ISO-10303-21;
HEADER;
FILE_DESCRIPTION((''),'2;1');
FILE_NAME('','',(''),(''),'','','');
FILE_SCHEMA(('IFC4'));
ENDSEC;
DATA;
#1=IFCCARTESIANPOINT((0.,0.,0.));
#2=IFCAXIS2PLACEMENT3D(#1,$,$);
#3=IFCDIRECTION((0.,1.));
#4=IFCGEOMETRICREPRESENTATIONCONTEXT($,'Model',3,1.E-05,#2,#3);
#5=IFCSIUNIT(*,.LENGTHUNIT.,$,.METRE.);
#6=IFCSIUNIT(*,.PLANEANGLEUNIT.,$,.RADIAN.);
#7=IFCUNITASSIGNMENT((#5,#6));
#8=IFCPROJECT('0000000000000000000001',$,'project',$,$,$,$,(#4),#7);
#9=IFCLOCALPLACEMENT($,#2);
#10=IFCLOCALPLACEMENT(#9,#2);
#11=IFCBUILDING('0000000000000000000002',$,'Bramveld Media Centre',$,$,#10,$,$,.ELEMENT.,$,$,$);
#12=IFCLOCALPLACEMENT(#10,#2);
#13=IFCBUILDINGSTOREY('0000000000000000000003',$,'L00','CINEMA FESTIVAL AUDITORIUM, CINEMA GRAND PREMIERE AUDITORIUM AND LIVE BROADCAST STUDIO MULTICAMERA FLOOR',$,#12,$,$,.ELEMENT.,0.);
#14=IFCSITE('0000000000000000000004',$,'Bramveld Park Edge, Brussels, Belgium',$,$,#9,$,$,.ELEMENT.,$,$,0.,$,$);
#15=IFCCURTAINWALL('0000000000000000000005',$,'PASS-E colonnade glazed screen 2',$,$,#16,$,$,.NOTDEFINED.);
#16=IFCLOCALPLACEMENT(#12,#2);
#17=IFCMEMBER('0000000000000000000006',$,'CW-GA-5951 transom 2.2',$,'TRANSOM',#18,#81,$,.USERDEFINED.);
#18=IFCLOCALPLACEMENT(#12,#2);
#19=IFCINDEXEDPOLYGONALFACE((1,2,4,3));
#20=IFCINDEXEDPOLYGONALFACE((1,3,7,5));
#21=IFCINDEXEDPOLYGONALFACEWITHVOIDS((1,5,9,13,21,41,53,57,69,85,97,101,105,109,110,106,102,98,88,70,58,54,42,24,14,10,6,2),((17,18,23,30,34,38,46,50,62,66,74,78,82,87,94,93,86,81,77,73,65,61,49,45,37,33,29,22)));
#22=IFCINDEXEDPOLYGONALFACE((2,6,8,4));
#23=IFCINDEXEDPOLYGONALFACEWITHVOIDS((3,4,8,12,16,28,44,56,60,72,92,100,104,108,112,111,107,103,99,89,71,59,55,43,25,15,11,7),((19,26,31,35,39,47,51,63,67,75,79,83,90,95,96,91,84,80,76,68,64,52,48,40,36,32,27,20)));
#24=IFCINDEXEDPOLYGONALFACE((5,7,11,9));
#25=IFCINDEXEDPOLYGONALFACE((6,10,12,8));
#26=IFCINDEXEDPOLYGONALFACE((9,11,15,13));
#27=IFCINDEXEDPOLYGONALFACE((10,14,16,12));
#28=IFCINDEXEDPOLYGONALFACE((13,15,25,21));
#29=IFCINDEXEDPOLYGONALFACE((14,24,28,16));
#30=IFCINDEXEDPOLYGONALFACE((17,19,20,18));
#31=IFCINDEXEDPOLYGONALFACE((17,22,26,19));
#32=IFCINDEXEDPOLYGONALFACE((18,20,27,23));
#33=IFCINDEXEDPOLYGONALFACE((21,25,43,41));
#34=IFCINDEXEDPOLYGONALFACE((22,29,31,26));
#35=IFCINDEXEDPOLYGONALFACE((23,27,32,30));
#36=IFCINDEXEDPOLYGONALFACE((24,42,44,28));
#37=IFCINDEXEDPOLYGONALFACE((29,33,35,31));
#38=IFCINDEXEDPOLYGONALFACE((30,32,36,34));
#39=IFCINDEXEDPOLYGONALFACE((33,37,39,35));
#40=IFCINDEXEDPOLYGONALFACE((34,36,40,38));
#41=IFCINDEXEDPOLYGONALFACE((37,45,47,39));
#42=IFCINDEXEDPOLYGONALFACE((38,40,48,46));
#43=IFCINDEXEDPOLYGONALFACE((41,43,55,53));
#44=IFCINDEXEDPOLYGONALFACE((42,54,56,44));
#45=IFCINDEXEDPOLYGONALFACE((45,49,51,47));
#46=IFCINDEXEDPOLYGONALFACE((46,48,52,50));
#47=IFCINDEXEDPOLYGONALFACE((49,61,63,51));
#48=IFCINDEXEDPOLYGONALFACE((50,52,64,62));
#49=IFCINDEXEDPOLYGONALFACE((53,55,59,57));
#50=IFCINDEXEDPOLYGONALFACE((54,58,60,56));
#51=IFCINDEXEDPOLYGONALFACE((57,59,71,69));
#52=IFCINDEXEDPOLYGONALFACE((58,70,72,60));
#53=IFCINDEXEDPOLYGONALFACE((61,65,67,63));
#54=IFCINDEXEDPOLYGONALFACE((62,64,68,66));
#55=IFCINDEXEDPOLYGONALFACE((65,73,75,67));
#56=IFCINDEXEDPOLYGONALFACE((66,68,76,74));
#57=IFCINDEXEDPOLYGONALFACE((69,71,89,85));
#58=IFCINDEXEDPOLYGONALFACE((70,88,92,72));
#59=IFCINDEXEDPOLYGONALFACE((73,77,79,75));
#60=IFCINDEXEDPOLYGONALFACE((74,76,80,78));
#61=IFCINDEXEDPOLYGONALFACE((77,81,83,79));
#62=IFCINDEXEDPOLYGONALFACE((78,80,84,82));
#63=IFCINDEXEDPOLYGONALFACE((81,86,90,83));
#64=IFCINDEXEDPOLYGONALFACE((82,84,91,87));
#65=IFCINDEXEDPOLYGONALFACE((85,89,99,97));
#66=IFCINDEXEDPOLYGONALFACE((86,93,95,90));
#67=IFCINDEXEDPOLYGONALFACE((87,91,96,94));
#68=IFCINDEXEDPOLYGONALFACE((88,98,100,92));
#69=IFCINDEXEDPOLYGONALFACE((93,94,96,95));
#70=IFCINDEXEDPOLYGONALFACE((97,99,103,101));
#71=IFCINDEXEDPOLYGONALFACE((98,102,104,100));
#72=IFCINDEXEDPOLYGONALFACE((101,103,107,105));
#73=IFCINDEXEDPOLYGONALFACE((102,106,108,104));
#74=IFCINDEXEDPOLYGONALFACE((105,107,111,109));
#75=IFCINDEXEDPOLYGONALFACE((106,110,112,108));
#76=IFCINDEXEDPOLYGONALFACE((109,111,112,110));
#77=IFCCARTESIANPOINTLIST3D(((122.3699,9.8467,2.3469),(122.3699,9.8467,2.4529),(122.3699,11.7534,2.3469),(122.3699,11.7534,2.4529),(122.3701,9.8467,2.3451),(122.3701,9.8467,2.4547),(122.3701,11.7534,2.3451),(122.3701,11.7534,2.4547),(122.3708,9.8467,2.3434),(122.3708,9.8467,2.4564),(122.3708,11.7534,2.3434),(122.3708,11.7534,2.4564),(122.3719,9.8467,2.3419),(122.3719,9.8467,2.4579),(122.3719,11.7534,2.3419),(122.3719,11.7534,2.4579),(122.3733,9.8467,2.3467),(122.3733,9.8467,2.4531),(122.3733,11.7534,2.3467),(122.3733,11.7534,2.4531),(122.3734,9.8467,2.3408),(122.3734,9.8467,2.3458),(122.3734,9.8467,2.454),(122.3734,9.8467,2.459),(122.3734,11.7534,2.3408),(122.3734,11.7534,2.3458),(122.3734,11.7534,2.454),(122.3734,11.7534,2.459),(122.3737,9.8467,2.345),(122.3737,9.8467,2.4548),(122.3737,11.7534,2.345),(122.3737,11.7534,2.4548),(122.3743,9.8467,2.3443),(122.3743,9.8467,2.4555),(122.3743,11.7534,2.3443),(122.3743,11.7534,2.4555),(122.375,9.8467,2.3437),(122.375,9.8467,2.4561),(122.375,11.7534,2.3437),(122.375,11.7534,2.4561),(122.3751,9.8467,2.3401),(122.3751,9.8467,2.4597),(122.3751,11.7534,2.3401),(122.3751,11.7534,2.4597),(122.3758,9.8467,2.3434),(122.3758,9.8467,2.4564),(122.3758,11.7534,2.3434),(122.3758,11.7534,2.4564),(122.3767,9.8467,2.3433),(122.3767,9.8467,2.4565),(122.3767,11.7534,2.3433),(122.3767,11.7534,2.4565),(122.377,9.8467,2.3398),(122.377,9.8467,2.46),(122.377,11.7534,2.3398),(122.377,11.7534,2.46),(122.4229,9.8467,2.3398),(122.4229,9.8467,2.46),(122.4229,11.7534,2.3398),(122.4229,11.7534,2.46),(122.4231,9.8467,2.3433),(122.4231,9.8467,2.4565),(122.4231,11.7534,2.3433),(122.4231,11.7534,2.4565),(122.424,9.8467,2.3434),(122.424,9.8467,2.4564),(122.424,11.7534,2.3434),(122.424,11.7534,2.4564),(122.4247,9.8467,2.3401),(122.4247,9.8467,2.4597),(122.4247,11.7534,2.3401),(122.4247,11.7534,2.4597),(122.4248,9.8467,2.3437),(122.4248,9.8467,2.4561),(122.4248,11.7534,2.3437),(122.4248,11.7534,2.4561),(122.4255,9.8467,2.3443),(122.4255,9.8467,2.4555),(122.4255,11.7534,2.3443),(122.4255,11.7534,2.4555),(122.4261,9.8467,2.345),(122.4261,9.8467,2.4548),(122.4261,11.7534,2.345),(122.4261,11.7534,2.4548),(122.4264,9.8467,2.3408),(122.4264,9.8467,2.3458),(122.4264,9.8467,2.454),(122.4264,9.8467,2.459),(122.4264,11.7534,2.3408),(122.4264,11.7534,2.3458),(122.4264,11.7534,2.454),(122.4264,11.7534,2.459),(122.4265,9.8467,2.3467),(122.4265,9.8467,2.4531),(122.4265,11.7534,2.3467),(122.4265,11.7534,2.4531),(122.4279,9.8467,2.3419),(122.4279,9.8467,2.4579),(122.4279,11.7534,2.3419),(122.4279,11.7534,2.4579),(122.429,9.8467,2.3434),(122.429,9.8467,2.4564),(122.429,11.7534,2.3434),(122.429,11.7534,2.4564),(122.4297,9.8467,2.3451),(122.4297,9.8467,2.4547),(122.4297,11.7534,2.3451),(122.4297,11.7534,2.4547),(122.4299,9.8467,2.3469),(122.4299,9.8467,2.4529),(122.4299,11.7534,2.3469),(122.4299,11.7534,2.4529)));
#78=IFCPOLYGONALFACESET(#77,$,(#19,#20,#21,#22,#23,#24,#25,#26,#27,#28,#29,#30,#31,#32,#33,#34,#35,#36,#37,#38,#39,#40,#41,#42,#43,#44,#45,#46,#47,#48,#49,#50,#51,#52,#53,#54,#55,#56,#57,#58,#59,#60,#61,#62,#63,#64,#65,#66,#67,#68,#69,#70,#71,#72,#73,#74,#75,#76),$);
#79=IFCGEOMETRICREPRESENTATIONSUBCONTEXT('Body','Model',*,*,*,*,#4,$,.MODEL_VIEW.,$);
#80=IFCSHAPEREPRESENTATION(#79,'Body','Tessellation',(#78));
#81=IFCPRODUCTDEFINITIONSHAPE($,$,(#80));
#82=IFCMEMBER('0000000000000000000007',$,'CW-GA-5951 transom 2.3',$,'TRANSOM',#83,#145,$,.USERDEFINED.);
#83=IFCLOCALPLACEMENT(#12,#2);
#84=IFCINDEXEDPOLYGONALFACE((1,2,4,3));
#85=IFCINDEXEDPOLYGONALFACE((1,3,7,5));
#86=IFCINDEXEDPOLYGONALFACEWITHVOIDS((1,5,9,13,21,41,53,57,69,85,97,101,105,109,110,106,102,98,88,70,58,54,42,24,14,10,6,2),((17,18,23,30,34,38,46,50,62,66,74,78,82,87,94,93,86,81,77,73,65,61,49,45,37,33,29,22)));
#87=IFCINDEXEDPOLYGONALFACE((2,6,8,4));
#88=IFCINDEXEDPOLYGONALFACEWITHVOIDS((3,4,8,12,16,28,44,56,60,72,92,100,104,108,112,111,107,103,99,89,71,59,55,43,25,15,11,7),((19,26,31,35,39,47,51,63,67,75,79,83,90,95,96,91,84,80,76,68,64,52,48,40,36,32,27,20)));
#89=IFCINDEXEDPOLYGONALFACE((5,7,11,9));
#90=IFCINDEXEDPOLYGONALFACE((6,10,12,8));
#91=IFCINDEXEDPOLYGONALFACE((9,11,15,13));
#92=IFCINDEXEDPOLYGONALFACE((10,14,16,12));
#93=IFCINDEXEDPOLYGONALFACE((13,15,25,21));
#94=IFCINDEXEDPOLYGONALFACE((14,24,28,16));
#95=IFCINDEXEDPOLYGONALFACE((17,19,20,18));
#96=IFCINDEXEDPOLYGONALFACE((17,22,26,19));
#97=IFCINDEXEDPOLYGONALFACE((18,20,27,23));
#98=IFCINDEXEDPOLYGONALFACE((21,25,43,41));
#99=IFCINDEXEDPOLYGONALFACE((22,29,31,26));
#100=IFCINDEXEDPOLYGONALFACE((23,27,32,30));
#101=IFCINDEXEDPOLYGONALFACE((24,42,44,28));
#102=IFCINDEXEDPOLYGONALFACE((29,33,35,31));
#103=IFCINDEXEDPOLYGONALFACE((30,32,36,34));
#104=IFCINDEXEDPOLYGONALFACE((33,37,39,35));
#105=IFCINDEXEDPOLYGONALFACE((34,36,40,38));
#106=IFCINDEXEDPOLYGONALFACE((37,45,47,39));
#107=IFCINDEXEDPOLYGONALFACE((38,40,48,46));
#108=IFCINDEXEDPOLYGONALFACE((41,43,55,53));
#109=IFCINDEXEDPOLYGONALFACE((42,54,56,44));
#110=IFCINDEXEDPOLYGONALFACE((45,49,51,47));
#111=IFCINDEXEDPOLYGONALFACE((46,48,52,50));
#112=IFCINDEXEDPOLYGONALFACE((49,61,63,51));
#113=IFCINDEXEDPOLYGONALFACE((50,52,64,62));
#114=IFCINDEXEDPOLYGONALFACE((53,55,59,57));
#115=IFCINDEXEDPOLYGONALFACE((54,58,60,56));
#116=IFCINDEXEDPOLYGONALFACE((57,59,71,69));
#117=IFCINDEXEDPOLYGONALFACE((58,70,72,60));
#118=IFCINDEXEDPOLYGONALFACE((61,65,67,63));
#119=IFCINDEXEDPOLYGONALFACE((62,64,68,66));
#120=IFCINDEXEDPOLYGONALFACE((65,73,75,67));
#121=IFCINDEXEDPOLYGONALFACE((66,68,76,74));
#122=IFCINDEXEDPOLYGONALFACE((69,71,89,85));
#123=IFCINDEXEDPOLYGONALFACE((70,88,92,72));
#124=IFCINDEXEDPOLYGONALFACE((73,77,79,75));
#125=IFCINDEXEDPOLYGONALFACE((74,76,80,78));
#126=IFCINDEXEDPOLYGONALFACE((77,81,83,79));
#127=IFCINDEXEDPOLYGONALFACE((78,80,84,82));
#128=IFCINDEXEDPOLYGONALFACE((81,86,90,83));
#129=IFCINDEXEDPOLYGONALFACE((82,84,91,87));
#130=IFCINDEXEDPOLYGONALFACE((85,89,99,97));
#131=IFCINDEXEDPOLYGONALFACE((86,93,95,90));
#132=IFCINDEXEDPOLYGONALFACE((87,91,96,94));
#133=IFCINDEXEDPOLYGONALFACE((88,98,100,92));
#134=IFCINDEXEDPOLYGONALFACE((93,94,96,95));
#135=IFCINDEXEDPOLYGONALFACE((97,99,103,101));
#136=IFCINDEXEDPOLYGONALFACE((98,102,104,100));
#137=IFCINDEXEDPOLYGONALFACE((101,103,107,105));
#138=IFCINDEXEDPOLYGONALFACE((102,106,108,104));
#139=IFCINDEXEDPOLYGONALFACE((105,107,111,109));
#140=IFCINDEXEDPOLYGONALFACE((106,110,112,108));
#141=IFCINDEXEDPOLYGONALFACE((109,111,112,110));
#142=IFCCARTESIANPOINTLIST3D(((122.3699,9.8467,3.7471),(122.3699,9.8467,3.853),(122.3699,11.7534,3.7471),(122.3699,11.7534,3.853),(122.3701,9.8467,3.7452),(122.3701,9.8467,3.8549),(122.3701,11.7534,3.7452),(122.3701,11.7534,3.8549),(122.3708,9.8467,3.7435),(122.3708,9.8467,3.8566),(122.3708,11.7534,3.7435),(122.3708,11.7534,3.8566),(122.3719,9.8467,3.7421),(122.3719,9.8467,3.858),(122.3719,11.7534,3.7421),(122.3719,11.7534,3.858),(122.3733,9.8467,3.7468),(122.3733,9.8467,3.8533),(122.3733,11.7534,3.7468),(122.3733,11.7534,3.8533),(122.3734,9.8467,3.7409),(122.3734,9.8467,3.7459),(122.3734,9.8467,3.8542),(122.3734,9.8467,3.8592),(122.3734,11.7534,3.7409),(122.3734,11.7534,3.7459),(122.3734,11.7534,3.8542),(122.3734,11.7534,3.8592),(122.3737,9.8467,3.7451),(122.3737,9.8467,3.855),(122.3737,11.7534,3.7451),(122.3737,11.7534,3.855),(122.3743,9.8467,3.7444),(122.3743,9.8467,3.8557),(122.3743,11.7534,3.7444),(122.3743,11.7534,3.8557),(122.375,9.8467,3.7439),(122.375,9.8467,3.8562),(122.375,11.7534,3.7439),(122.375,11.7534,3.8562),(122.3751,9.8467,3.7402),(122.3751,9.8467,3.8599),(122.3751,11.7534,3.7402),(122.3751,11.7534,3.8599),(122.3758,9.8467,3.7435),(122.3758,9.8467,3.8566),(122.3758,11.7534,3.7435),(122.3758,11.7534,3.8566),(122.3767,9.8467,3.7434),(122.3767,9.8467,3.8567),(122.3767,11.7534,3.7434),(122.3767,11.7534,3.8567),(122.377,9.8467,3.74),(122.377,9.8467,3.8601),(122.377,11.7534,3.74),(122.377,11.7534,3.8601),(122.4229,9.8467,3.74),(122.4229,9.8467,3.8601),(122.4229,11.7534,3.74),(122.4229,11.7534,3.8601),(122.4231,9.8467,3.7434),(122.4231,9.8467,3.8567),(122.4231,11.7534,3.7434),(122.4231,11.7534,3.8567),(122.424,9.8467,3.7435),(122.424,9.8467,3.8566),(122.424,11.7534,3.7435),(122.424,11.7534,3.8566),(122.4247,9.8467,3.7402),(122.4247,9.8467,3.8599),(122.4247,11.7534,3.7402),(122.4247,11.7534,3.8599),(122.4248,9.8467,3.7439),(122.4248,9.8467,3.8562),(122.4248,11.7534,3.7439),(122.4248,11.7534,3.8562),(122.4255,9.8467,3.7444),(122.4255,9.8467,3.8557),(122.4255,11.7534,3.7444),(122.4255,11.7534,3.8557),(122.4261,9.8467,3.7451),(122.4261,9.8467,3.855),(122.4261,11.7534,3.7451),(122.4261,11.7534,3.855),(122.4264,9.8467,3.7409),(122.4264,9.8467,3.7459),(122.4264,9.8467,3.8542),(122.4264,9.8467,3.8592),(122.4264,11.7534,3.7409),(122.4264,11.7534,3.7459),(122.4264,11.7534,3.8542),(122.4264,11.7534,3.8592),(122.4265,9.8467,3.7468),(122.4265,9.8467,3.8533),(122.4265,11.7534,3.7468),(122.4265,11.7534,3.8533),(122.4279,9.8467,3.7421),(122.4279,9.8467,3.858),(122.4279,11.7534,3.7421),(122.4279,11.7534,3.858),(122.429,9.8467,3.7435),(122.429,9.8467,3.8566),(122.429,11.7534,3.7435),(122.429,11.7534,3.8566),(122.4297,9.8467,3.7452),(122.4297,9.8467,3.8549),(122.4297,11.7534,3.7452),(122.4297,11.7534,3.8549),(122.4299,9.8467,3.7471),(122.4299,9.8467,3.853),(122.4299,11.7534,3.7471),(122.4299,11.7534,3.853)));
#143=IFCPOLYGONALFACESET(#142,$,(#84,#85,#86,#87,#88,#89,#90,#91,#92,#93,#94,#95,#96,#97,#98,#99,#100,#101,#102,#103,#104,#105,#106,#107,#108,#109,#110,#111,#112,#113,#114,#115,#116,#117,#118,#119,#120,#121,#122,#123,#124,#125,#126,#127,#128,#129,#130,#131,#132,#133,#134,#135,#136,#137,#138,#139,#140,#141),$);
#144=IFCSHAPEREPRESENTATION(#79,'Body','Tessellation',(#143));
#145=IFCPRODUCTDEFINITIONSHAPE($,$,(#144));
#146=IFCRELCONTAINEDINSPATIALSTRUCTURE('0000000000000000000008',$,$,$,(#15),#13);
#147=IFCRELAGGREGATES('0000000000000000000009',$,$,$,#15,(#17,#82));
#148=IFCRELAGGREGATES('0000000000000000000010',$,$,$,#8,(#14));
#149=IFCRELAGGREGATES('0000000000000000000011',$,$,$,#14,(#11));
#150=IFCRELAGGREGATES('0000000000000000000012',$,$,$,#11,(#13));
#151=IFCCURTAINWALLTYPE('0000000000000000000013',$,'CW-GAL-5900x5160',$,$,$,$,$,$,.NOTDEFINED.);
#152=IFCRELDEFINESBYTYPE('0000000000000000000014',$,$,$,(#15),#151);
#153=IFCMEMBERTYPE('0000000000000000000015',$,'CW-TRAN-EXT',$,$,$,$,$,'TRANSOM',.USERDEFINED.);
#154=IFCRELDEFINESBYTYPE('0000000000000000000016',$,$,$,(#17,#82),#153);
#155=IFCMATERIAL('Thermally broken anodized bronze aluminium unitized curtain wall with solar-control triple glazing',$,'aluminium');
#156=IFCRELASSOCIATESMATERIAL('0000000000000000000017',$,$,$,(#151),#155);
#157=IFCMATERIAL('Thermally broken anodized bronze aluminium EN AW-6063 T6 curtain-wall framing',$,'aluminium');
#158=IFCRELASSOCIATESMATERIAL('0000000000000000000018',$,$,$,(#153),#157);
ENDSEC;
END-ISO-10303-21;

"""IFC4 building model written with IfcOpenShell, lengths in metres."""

from ifc_helpers import new_model, si_unit, direction, frame, origin, origin_2d, place, context, subcontext, project, spatial, hollow_rectangle, extrude, material, material_profile, profile_set, type_object, element, aggregate, save


model = new_model("IFC4")

# Units and contexts
model_context = context("Model", 3, precision=1e-05, world=origin(), true_north=direction((0.0, 1.0)))
body_context = subcontext(model_context, "Body", "Model", "MODEL_VIEW")
ifc_project = project(units=[si_unit("LENGTHUNIT", "METRE"), si_unit("PLANEANGLEUNIT", "RADIAN")], contexts=[model_context])

# Site, building, storey
site_placement = place(None, origin())
site = spatial("IfcSite", under=ifc_project, at=site_placement, Name="Bramveld Park Edge, Brussels, Belgium", CompositionType="ELEMENT", RefElevation=0.0)
building_placement = place(site_placement, origin())
building = spatial("IfcBuilding", under=site, at=building_placement, Name="Bramveld Media Centre", CompositionType="ELEMENT")
storey_placement = place(building_placement, origin())
storey = spatial("IfcBuildingStorey", under=building, at=storey_placement, Name="L00", Description="CINEMA FESTIVAL AUDITORIUM, CINEMA GRAND PREMIERE AUDITORIUM AND LIVE BROADCAST STUDIO MULTICAMERA FLOOR", CompositionType="ELEMENT", Elevation=0.0)

# Curtain wall
ifc_material_1 = material(Name="Thermally broken anodized bronze aluminium unitized curtain wall with solar-control triple glazing", Category="aluminium")
curtain_wall_type = type_object("IfcCurtainWallType", Name="CW-GAL-5900x5160", PredefinedType="NOTDEFINED", material=ifc_material_1)
curtain_wall_1_placement = place(storey_placement, origin())
curtain_wall_1 = element("IfcCurtainWall", 1, at=curtain_wall_1_placement, inside=storey, type_object=curtain_wall_type, Name="PASS-E colonnade glazed screen 2", PredefinedType="NOTDEFINED")

# Members
ifc_material_2 = material(Name="Thermally broken anodized bronze aluminium EN AW-6063 T6 curtain-wall framing", Category="aluminium")
ifc_material_profile_1 = material_profile(ifc_material_2, hollow_rectangle(XDim=0.0601, YDim=0.1201, WallThickness=0.0034, InnerFilletRadius=0.0034, OuterFilletRadius=0.0071, at=origin_2d()), Name="AL-TRAN 60x120")
ifc_profile_set_1 = profile_set([ifc_material_profile_1], Name="Thermally broken anodized bronze aluminium EN AW-6063 T6 curtain-wall framing")
member_type_1 = type_object("IfcMemberType", Name="CW-TRAN-EXT", ElementType="TRANSOM", PredefinedType="USERDEFINED", material=ifc_profile_set_1)
member_1_placement = place(storey_placement, frame((122.3999, 9.8467, 2.3999), z_axis=(0.0, 1.0, 0.0), x_axis=(-1.0, 0.0, 0.0)))
member_1 = element("IfcMember", 2, at=member_1_placement, type_object=member_type_1, Name="CW-GA-5951 transom 2.2", ObjectType="TRANSOM", PredefinedType="USERDEFINED", context=body_context, shape_type="SweptSolid", body=[
    extrude(hollow_rectangle(XDim=0.0601, YDim=0.1201, WallThickness=0.0034, InnerFilletRadius=0.0034, OuterFilletRadius=0.0071, at=origin_2d()), origin(), (0.0, 0.0, 1.0), 1.9067),
])
member_2_placement = place(storey_placement, frame((122.3999, 9.8467, 3.8), z_axis=(0.0, 1.0, 0.0), x_axis=(-1.0, 0.0, 0.0)))
member_2 = element("IfcMember", 3, at=member_2_placement, type_object=member_type_1, Name="CW-GA-5951 transom 2.3", ObjectType="TRANSOM", PredefinedType="USERDEFINED", context=body_context, shape_type="SweptSolid", body=[
    extrude(hollow_rectangle(XDim=0.0601, YDim=0.1201, WallThickness=0.0034, InnerFilletRadius=0.0034, OuterFilletRadius=0.0071, at=origin_2d()), origin(), (0.0, 0.0, 1.0), 1.9067),
])

aggregate(curtain_wall_1, [member_1, member_2])

save(model, "model.ifc")
